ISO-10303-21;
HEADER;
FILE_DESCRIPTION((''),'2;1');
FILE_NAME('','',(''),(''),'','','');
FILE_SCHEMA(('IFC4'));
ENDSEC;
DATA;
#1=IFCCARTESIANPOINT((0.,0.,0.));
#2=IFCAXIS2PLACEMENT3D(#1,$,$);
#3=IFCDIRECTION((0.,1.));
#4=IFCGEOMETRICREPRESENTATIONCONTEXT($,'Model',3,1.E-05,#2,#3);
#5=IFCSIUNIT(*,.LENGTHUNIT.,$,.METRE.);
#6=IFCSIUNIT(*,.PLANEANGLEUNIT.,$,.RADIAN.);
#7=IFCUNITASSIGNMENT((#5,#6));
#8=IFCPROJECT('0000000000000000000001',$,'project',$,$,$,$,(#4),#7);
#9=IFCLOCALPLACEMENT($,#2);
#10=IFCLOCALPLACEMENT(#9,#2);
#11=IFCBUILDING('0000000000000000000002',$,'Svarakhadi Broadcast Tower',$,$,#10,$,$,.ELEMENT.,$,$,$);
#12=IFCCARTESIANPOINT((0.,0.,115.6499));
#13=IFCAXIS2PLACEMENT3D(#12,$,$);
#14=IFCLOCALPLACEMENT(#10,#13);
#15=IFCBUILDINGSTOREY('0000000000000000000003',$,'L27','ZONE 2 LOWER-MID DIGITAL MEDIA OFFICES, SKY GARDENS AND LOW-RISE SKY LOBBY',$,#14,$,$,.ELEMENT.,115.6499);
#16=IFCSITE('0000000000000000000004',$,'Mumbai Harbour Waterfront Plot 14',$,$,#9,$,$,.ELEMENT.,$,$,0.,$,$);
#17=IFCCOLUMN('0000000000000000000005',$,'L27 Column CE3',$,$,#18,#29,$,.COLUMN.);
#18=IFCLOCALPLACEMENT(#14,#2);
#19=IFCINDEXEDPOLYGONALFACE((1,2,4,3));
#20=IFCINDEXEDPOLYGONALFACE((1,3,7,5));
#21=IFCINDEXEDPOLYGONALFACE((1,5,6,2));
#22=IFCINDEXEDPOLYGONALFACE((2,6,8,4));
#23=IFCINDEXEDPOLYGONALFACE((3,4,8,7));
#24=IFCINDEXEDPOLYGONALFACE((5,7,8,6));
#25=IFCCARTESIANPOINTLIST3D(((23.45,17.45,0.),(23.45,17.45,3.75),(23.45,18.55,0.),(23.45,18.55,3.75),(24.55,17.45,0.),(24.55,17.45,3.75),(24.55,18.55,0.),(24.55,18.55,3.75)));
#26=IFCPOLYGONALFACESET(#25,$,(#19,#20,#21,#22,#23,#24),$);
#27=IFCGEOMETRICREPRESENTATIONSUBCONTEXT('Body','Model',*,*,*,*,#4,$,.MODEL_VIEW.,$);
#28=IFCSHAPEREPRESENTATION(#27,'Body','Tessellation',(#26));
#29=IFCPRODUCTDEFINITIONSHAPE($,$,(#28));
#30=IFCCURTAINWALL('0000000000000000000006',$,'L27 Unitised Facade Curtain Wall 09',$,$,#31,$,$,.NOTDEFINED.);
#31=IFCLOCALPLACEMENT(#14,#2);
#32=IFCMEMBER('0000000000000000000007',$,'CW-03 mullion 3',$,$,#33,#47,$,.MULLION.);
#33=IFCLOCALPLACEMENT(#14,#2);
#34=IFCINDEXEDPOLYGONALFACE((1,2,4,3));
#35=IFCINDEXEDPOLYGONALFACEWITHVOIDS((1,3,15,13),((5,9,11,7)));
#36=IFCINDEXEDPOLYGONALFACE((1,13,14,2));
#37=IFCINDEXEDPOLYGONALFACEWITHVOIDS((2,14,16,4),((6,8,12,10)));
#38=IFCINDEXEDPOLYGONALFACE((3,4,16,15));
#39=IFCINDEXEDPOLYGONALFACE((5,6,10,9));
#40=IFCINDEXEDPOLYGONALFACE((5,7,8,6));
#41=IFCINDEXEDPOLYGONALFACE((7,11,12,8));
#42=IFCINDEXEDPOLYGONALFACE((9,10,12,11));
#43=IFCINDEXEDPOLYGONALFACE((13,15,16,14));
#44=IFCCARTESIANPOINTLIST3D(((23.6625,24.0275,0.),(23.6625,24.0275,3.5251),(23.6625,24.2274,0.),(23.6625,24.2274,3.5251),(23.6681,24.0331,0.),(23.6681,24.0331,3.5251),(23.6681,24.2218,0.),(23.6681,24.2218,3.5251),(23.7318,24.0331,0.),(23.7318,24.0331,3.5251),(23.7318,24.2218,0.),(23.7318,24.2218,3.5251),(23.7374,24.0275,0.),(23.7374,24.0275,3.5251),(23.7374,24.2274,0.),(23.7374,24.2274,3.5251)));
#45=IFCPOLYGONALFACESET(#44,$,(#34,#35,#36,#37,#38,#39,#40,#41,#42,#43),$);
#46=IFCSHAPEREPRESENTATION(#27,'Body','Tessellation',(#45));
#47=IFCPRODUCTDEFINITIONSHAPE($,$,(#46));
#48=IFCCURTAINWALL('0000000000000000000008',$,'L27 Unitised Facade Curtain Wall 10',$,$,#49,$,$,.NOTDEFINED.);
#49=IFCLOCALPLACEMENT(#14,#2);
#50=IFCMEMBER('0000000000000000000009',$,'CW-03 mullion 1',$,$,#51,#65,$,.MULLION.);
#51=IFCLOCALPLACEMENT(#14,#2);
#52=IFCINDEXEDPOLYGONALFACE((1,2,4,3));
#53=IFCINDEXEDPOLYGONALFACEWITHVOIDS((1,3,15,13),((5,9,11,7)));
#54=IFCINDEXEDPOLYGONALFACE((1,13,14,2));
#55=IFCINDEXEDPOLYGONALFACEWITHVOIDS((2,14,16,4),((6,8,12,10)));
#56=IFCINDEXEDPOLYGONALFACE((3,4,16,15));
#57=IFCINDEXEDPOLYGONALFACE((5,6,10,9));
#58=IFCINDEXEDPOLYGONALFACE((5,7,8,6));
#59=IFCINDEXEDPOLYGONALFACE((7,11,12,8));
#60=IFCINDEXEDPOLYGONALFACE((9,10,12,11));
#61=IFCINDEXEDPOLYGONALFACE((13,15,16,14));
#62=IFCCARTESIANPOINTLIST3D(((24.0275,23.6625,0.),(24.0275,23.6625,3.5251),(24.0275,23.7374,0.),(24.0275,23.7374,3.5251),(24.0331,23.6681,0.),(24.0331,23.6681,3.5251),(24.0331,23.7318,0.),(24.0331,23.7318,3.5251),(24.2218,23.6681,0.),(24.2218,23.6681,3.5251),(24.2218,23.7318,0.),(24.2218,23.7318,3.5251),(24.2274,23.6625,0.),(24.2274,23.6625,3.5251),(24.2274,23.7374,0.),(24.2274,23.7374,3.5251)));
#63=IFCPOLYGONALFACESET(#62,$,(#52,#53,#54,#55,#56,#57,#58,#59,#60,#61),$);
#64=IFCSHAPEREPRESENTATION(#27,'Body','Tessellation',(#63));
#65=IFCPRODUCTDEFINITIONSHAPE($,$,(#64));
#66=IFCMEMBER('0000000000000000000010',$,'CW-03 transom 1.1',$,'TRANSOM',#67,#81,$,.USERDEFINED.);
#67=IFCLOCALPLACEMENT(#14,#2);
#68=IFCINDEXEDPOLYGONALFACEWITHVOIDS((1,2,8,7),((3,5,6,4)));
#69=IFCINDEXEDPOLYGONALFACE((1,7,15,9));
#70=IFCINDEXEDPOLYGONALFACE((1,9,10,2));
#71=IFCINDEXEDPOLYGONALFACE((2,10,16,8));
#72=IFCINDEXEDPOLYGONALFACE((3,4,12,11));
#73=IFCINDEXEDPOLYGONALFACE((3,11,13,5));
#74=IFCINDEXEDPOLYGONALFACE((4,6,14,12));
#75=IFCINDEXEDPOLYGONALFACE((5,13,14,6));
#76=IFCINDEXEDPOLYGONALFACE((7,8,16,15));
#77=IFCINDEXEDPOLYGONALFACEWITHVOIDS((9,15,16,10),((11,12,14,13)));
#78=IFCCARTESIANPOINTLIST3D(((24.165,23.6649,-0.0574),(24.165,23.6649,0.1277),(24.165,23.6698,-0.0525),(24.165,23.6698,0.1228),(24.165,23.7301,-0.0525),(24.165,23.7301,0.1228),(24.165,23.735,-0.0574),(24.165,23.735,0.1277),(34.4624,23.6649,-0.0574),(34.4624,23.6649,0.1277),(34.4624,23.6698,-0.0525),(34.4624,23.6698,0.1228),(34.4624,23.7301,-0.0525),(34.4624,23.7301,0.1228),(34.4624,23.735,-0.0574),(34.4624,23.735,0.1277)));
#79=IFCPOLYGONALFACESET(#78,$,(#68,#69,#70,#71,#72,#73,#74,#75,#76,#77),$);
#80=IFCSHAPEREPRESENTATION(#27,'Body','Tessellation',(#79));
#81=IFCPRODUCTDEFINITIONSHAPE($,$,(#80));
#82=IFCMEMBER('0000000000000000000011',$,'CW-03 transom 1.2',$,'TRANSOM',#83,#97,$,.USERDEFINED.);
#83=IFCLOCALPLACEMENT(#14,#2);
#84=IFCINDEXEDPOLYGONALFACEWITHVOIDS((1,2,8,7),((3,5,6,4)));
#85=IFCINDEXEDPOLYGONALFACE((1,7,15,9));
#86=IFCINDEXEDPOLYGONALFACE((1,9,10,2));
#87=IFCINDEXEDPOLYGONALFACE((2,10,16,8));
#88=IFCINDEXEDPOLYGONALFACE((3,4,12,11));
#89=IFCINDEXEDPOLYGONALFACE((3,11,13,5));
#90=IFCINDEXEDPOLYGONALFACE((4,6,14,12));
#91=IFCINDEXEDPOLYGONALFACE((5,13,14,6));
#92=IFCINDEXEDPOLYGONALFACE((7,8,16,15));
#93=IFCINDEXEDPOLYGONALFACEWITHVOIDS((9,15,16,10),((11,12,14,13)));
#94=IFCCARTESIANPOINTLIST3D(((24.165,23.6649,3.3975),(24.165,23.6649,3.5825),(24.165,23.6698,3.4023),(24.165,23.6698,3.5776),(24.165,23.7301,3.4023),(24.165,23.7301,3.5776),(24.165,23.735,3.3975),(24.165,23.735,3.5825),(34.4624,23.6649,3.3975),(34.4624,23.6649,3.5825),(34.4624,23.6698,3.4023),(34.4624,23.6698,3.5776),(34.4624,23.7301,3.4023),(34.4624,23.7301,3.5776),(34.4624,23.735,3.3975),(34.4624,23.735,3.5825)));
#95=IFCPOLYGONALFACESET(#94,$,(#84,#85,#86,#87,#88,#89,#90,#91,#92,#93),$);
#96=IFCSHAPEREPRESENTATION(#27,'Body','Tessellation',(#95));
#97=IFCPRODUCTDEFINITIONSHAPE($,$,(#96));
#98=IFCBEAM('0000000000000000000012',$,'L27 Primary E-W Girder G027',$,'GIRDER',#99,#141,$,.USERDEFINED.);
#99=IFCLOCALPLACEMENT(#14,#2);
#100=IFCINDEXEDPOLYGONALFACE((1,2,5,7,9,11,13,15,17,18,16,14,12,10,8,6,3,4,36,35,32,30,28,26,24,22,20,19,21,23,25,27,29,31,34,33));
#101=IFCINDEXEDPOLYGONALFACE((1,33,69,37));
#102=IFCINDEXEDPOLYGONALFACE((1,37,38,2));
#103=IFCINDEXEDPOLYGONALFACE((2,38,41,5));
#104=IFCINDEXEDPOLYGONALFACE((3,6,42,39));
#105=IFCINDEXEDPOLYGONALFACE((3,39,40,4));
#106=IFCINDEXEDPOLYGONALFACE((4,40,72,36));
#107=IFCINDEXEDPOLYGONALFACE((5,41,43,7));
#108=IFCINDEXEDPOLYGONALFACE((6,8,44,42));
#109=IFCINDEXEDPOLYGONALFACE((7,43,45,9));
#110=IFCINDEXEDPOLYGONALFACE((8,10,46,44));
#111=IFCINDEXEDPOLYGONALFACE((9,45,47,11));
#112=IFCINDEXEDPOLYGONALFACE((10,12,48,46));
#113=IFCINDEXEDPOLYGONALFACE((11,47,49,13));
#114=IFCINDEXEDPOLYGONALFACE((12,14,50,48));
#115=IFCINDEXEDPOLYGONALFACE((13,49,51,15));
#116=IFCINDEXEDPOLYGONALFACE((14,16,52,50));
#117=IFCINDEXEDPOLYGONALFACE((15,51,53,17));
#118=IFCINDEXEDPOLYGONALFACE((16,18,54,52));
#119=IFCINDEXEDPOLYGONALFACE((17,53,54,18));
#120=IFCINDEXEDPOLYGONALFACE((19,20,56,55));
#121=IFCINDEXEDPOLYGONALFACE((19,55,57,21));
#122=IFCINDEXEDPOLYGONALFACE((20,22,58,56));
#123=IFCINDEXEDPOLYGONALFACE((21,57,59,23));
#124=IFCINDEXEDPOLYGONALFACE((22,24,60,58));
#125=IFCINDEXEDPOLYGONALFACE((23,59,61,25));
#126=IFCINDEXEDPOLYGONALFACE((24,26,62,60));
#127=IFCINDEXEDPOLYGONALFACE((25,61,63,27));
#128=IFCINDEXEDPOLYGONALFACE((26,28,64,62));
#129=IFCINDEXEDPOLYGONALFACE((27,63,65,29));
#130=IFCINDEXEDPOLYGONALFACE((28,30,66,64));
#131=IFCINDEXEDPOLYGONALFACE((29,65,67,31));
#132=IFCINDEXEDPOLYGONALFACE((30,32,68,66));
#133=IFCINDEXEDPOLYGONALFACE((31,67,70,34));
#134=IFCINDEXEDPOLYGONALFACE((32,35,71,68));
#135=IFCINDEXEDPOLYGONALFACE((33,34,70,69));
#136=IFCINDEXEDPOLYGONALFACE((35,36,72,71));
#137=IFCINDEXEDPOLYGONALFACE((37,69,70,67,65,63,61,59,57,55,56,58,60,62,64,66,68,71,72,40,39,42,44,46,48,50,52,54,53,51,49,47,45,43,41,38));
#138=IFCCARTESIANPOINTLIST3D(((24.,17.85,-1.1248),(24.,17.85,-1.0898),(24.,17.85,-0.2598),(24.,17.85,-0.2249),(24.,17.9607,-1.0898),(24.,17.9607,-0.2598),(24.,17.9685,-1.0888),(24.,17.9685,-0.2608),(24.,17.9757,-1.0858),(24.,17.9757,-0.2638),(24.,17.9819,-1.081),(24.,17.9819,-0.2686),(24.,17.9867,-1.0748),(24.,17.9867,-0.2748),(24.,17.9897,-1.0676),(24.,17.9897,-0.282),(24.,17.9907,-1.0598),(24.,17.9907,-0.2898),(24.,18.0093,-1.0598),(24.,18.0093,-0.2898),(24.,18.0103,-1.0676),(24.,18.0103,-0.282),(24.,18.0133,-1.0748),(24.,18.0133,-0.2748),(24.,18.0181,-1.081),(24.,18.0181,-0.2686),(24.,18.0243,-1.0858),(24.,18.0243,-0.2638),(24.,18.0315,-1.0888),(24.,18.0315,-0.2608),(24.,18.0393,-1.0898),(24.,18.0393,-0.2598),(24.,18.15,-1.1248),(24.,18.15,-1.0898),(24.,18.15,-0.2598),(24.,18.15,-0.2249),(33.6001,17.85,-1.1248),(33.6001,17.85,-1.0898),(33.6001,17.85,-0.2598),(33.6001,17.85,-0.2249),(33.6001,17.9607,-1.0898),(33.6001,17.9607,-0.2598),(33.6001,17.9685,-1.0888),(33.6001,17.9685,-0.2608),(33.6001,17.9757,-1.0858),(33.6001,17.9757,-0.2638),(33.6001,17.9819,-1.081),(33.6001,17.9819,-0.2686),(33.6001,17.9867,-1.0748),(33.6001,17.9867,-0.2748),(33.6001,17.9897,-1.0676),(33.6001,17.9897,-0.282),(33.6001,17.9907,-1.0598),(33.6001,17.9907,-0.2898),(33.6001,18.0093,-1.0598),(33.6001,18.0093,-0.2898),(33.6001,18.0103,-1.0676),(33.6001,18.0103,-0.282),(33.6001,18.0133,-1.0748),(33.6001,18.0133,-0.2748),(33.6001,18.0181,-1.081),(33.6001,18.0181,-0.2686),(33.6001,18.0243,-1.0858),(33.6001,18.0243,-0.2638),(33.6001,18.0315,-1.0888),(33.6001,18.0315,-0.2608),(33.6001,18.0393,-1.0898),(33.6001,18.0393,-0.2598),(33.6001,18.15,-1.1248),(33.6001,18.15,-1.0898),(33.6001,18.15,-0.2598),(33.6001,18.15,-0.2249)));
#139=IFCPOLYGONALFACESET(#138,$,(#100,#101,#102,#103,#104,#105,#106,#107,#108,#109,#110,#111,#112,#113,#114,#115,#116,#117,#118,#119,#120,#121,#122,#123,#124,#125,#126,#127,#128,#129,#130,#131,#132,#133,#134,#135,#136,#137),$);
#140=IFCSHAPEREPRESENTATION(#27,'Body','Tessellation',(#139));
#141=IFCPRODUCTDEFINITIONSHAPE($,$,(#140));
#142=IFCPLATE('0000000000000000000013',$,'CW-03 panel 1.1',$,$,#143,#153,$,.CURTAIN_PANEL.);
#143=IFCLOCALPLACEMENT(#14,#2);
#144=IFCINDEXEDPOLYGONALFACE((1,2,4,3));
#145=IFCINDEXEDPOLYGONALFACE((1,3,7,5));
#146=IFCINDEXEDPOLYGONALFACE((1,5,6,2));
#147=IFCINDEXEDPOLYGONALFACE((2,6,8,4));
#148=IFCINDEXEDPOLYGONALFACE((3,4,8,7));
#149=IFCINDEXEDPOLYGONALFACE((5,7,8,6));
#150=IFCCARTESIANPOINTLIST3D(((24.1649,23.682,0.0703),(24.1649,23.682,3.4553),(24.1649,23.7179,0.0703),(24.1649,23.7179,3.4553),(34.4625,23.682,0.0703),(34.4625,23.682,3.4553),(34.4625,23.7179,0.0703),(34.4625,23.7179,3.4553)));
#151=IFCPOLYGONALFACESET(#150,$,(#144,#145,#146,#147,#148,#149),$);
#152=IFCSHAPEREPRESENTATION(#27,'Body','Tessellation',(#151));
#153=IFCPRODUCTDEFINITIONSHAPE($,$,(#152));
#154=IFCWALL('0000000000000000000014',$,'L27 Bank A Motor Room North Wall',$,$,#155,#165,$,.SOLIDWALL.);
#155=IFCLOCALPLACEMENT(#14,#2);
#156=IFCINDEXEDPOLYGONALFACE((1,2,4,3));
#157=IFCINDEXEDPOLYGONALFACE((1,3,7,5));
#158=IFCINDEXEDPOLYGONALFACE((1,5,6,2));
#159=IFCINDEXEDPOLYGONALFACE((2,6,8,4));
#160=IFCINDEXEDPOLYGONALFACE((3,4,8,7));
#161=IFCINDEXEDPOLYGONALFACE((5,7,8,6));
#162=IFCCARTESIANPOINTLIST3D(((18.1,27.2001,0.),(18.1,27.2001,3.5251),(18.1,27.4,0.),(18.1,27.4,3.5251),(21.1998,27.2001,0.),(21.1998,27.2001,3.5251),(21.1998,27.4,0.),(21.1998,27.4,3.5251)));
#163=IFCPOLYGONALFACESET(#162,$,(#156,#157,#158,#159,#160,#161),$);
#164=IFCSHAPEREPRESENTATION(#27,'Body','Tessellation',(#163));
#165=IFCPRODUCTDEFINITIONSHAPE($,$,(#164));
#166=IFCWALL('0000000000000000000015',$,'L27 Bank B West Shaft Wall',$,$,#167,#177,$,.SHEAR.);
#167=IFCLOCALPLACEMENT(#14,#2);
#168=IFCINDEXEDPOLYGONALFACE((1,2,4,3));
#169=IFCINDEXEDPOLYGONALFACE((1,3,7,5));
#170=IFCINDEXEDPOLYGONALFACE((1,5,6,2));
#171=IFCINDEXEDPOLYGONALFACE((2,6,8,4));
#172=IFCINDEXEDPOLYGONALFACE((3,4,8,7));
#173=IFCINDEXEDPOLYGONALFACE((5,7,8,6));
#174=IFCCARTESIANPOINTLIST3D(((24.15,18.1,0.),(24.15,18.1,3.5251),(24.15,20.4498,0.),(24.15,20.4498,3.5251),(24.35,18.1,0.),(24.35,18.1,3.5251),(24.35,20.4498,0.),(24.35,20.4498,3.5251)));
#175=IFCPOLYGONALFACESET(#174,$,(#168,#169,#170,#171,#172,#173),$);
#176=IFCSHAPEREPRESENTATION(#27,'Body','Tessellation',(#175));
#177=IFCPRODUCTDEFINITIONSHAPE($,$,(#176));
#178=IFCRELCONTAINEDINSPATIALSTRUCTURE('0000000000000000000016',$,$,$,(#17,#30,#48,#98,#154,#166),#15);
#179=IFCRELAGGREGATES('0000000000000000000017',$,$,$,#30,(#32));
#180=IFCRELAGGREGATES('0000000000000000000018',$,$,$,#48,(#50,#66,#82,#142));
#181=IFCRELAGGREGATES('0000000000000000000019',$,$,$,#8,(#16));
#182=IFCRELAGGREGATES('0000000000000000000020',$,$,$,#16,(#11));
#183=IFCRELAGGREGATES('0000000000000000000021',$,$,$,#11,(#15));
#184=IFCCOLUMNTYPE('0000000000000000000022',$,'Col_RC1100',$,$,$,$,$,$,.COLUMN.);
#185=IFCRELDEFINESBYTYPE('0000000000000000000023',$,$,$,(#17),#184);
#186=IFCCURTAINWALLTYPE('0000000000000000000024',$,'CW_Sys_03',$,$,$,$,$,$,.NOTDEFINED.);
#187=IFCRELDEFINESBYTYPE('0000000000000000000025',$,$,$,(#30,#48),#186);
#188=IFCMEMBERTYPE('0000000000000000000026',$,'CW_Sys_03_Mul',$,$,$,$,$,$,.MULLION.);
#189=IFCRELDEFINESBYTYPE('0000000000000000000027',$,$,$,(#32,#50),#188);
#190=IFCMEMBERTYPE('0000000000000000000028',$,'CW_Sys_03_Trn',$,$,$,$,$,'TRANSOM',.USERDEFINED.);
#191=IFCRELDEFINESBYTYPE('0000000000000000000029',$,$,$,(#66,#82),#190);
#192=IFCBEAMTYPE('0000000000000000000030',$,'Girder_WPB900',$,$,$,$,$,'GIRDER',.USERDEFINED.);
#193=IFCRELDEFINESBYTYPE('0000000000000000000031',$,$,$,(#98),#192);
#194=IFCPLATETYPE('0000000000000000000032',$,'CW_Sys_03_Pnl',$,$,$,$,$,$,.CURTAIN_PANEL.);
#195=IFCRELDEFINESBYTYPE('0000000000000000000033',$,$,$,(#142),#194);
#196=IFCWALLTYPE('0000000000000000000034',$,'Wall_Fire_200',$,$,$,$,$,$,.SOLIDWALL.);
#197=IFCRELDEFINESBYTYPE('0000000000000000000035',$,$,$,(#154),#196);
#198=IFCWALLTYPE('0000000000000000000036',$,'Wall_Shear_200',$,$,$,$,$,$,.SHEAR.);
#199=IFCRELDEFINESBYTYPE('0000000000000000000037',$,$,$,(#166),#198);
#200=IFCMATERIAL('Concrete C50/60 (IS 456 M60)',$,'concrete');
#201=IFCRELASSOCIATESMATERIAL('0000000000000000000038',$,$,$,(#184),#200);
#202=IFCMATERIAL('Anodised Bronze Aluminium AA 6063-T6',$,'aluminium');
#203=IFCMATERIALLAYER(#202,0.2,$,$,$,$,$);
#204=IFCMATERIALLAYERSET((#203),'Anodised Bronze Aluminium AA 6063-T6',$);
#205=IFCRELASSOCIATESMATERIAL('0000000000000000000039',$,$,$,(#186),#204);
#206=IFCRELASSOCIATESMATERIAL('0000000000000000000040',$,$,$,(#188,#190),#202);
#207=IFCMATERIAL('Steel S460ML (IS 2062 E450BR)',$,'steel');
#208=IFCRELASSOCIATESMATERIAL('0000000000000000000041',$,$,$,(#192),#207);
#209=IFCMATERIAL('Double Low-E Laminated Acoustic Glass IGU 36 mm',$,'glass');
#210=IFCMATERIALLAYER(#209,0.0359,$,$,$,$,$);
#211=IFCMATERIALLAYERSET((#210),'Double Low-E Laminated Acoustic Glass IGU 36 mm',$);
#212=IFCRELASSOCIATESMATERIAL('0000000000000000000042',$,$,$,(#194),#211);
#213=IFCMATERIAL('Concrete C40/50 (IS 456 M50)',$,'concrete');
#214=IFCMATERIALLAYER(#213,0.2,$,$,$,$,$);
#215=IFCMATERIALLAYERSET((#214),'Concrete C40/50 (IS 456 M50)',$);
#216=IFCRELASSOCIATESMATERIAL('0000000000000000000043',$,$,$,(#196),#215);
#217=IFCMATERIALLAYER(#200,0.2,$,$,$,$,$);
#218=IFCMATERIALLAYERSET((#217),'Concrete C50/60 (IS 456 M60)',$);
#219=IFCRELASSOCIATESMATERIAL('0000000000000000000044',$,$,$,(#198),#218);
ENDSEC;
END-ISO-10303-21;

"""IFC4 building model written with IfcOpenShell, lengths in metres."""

from ifc_helpers import new_model, si_unit, direction, frame, frame_2d, origin, origin_2d, place, context, subcontext, project, spatial, rectangle, hollow_rectangle, i_section, extrude, material, layer, layer_set, material_profile, profile_set, type_object, element, aggregate, save


model = new_model("IFC4")

# Units and contexts
model_context = context("Model", 3, precision=1e-05, world=origin(), true_north=direction((0.0, 1.0)))
body_context = subcontext(model_context, "Body", "Model", "MODEL_VIEW")
ifc_project = project(units=[si_unit("LENGTHUNIT", "METRE"), si_unit("PLANEANGLEUNIT", "RADIAN")], contexts=[model_context])

# Site, building, storey
site_placement = place(None, origin())
site = spatial("IfcSite", under=ifc_project, at=site_placement, Name="Mumbai Harbour Waterfront Plot 14", CompositionType="ELEMENT", RefElevation=0.0)
building_placement = place(site_placement, origin())
building = spatial("IfcBuilding", under=site, at=building_placement, Name="Svarakhadi Broadcast Tower", CompositionType="ELEMENT")
storey_placement = place(building_placement, frame((0.0, 0.0, 115.6499)))
storey = spatial("IfcBuildingStorey", under=building, at=storey_placement, Name="L27", Description="ZONE 2 LOWER-MID DIGITAL MEDIA OFFICES, SKY GARDENS AND LOW-RISE SKY LOBBY", CompositionType="ELEMENT", Elevation=115.6499)

# Column
ifc_material_1 = material(Name="Concrete C50/60 (IS 456 M60)", Category="concrete")
ifc_material_profile_1 = material_profile(ifc_material_1, rectangle(XDim=1.1001, YDim=1.1001, at=origin_2d()), Name="RC 1100x1100")
ifc_profile_set_1 = profile_set([ifc_material_profile_1], Name="Concrete C50/60 (IS 456 M60)")
column_type = type_object("IfcColumnType", Name="Col_RC1100", PredefinedType="COLUMN", material=ifc_profile_set_1)
column_placement = place(storey_placement, frame((24.0, 18.0, 0.0), z_axis=(0.0, 0.0, 1.0), x_axis=(1.0, 0.0, 0.0)))
element("IfcColumn", 1, at=column_placement, inside=storey, type_object=column_type, Name="L27 Column CE3", PredefinedType="COLUMN", context=body_context, shape_type="SweptSolid", body=[
    extrude(rectangle(XDim=1.1001, YDim=1.1001, at=origin_2d()), origin(), (0.0, 0.0, 1.0), 3.75),
])

# Curtain wall, member
ifc_material_2 = material(Name="Anodised Bronze Aluminium AA 6063-T6", Category="aluminium")
ifc_layer_1 = layer(ifc_material_2, 0.2)
ifc_layer_set_1 = layer_set([ifc_layer_1], Name="Anodised Bronze Aluminium AA 6063-T6")
curtain_wall_type = type_object("IfcCurtainWallType", Name="CW_Sys_03", PredefinedType="NOTDEFINED", material=ifc_layer_set_1)
curtain_wall_1_placement = place(storey_placement, origin())
curtain_wall_1 = element("IfcCurtainWall", 2, at=curtain_wall_1_placement, inside=storey, type_object=curtain_wall_type, Name="L27 Unitised Facade Curtain Wall 09", PredefinedType="NOTDEFINED")
ifc_material_profile_2 = material_profile(ifc_material_2, hollow_rectangle(XDim=0.075, YDim=0.2, WallThickness=0.0056, at=origin_2d()), Name="ALU MULLION 200x75x6")
ifc_profile_set_2 = profile_set([ifc_material_profile_2], Name="Anodised Bronze Aluminium AA 6063-T6")
member_type_1 = type_object("IfcMemberType", Name="CW_Sys_03_Mul", PredefinedType="MULLION", material=ifc_profile_set_2)
member_1_placement = place(storey_placement, frame((23.7, 24.1274, 0.0), z_axis=(0.0, 0.0, 1.0), x_axis=(1.0, 0.0, 0.0)))
member_1 = element("IfcMember", 3, at=member_1_placement, type_object=member_type_1, Name="CW-03 mullion 3", PredefinedType="MULLION", context=body_context, shape_type="SweptSolid", body=[
    extrude(hollow_rectangle(XDim=0.075, YDim=0.2, WallThickness=0.0056, at=origin_2d()), origin(), (0.0, 0.0, 1.0), 3.5251),
])
aggregate(curtain_wall_1, [member_1])

# Curtain wall, members
curtain_wall_2_placement = place(storey_placement, origin())
curtain_wall_2 = element("IfcCurtainWall", 4, at=curtain_wall_2_placement, inside=storey, type_object=curtain_wall_type, Name="L27 Unitised Facade Curtain Wall 10", PredefinedType="NOTDEFINED")
member_2_placement = place(storey_placement, frame((24.1274, 23.7, 0.0), z_axis=(0.0, 0.0, 1.0), x_axis=(0.0, 1.0, 0.0)))
member_2 = element("IfcMember", 5, at=member_2_placement, type_object=member_type_1, Name="CW-03 mullion 1", PredefinedType="MULLION", context=body_context, shape_type="SweptSolid", body=[
    extrude(hollow_rectangle(XDim=0.075, YDim=0.2, WallThickness=0.0056, at=origin_2d()), origin(), (0.0, 0.0, 1.0), 3.5251),
])
ifc_material_profile_3 = material_profile(ifc_material_2, hollow_rectangle(XDim=0.0701, YDim=0.1851, WallThickness=0.0049, at=origin_2d()), Name="ALU TRANSOM 185x70x5")
ifc_profile_set_3 = profile_set([ifc_material_profile_3], Name="Anodised Bronze Aluminium AA 6063-T6")
member_type_2 = type_object("IfcMemberType", Name="CW_Sys_03_Trn", ElementType="TRANSOM", PredefinedType="USERDEFINED", material=ifc_profile_set_3)
member_3_placement = place(storey_placement, frame((24.165, 23.7, 0.0352), z_axis=(1.0, 0.0, 0.0), x_axis=(0.0, 1.0, 0.0)))
member_3 = element("IfcMember", 6, at=member_3_placement, type_object=member_type_2, Name="CW-03 transom 1.1", ObjectType="TRANSOM", PredefinedType="USERDEFINED", context=body_context, shape_type="SweptSolid", body=[
    extrude(hollow_rectangle(XDim=0.0701, YDim=0.1851, WallThickness=0.0049, at=origin_2d()), origin(), (0.0, 0.0, 1.0), 10.2974),
])
member_4_placement = place(storey_placement, frame((24.165, 23.7, 3.49), z_axis=(1.0, 0.0, 0.0), x_axis=(0.0, 1.0, 0.0)))
member_4 = element("IfcMember", 7, at=member_4_placement, type_object=member_type_2, Name="CW-03 transom 1.2", ObjectType="TRANSOM", PredefinedType="USERDEFINED", context=body_context, shape_type="SweptSolid", body=[
    extrude(hollow_rectangle(XDim=0.0701, YDim=0.1851, WallThickness=0.0049, at=origin_2d()), origin(), (0.0, 0.0, 1.0), 10.2974),
])

# Beam
ifc_material_3 = material(Name="Steel S460ML (IS 2062 E450BR)", Category="steel")
ifc_material_profile_4 = material_profile(ifc_material_3, i_section(OverallWidth=0.3, OverallDepth=0.8999, WebThickness=0.0186, FlangeThickness=0.0349, FilletRadius=0.03, at=origin_2d()), Name="WPB 900x300x291")
ifc_profile_set_4 = profile_set([ifc_material_profile_4], Name="Steel S460ML (IS 2062 E450BR)")
beam_type = type_object("IfcBeamType", Name="Girder_WPB900", ElementType="GIRDER", PredefinedType="USERDEFINED", material=ifc_profile_set_4)
beam_placement = place(storey_placement, frame((24.0, 18.0, -0.6748), z_axis=(1.0, 0.0, 0.0), x_axis=(0.0, 1.0, 0.0)))
element("IfcBeam", 8, at=beam_placement, inside=storey, type_object=beam_type, Name="L27 Primary E-W Girder G027", ObjectType="GIRDER", PredefinedType="USERDEFINED", context=body_context, shape_type="SweptSolid", body=[
    extrude(i_section(OverallWidth=0.3, OverallDepth=0.8999, WebThickness=0.0186, FlangeThickness=0.0349, FilletRadius=0.03, at=origin_2d()), origin(), (0.0, 0.0, 1.0), 9.6001),
])

# Plate
ifc_material_4 = material(Name="Double Low-E Laminated Acoustic Glass IGU 36 mm", Category="glass")
ifc_layer_2 = layer(ifc_material_4, 0.0359)
ifc_layer_set_2 = layer_set([ifc_layer_2], Name="Double Low-E Laminated Acoustic Glass IGU 36 mm")
plate_type = type_object("IfcPlateType", Name="CW_Sys_03_Pnl", PredefinedType="CURTAIN_PANEL", material=ifc_layer_set_2)
plate_placement = place(storey_placement, frame((29.3137, 23.7, 0.0703), z_axis=(0.0, 0.0, 1.0), x_axis=(1.0, 0.0, 0.0)))
plate = element("IfcPlate", 9, at=plate_placement, type_object=plate_type, Name="CW-03 panel 1.1", PredefinedType="CURTAIN_PANEL", context=body_context, shape_type="SweptSolid", body=[
    extrude(rectangle(XDim=10.2976, YDim=0.0359, at=origin_2d()), origin(), (0.0, 0.0, 1.0), 3.385),
])
aggregate(curtain_wall_2, [member_2, member_3, member_4, plate])

# Walls
ifc_material_5 = material(Name="Concrete C40/50 (IS 456 M50)", Category="concrete")
ifc_layer_3 = layer(ifc_material_5, 0.2)
ifc_layer_set_3 = layer_set([ifc_layer_3], Name="Concrete C40/50 (IS 456 M50)")
wall_type_1 = type_object("IfcWallType", Name="Wall_Fire_200", PredefinedType="SOLIDWALL", material=ifc_layer_set_3)
wall_1_placement = place(storey_placement, frame((18.1001, 27.3, 0.0), z_axis=(0.0, 0.0, 1.0), x_axis=(1.0, 0.0, 0.0)))
element("IfcWall", 10, at=wall_1_placement, inside=storey, type_object=wall_type_1, Name="L27 Bank A Motor Room North Wall", PredefinedType="SOLIDWALL", context=body_context, shape_type="SweptSolid", body=[
    extrude(rectangle(XDim=3.0999, YDim=0.2, at=frame_2d((1.5498, 0.0))), origin(), (0.0, 0.0, 1.0), 3.5251),
])
ifc_layer_4 = layer(ifc_material_1, 0.2)
ifc_layer_set_4 = layer_set([ifc_layer_4], Name="Concrete C50/60 (IS 456 M60)")
wall_type_2 = type_object("IfcWallType", Name="Wall_Shear_200", PredefinedType="SHEAR", material=ifc_layer_set_4)
wall_2_placement = place(storey_placement, frame((24.25, 18.1001, 0.0), z_axis=(0.0, 0.0, 1.0), x_axis=(0.0, 1.0, 0.0)))
element("IfcWall", 11, at=wall_2_placement, inside=storey, type_object=wall_type_2, Name="L27 Bank B West Shaft Wall", PredefinedType="SHEAR", context=body_context, shape_type="SweptSolid", body=[
    extrude(rectangle(XDim=2.3499, YDim=0.2, at=frame_2d((1.1748, 0.0))), origin(), (0.0, 0.0, 1.0), 3.5251),
])

save(model, "model.ifc")
